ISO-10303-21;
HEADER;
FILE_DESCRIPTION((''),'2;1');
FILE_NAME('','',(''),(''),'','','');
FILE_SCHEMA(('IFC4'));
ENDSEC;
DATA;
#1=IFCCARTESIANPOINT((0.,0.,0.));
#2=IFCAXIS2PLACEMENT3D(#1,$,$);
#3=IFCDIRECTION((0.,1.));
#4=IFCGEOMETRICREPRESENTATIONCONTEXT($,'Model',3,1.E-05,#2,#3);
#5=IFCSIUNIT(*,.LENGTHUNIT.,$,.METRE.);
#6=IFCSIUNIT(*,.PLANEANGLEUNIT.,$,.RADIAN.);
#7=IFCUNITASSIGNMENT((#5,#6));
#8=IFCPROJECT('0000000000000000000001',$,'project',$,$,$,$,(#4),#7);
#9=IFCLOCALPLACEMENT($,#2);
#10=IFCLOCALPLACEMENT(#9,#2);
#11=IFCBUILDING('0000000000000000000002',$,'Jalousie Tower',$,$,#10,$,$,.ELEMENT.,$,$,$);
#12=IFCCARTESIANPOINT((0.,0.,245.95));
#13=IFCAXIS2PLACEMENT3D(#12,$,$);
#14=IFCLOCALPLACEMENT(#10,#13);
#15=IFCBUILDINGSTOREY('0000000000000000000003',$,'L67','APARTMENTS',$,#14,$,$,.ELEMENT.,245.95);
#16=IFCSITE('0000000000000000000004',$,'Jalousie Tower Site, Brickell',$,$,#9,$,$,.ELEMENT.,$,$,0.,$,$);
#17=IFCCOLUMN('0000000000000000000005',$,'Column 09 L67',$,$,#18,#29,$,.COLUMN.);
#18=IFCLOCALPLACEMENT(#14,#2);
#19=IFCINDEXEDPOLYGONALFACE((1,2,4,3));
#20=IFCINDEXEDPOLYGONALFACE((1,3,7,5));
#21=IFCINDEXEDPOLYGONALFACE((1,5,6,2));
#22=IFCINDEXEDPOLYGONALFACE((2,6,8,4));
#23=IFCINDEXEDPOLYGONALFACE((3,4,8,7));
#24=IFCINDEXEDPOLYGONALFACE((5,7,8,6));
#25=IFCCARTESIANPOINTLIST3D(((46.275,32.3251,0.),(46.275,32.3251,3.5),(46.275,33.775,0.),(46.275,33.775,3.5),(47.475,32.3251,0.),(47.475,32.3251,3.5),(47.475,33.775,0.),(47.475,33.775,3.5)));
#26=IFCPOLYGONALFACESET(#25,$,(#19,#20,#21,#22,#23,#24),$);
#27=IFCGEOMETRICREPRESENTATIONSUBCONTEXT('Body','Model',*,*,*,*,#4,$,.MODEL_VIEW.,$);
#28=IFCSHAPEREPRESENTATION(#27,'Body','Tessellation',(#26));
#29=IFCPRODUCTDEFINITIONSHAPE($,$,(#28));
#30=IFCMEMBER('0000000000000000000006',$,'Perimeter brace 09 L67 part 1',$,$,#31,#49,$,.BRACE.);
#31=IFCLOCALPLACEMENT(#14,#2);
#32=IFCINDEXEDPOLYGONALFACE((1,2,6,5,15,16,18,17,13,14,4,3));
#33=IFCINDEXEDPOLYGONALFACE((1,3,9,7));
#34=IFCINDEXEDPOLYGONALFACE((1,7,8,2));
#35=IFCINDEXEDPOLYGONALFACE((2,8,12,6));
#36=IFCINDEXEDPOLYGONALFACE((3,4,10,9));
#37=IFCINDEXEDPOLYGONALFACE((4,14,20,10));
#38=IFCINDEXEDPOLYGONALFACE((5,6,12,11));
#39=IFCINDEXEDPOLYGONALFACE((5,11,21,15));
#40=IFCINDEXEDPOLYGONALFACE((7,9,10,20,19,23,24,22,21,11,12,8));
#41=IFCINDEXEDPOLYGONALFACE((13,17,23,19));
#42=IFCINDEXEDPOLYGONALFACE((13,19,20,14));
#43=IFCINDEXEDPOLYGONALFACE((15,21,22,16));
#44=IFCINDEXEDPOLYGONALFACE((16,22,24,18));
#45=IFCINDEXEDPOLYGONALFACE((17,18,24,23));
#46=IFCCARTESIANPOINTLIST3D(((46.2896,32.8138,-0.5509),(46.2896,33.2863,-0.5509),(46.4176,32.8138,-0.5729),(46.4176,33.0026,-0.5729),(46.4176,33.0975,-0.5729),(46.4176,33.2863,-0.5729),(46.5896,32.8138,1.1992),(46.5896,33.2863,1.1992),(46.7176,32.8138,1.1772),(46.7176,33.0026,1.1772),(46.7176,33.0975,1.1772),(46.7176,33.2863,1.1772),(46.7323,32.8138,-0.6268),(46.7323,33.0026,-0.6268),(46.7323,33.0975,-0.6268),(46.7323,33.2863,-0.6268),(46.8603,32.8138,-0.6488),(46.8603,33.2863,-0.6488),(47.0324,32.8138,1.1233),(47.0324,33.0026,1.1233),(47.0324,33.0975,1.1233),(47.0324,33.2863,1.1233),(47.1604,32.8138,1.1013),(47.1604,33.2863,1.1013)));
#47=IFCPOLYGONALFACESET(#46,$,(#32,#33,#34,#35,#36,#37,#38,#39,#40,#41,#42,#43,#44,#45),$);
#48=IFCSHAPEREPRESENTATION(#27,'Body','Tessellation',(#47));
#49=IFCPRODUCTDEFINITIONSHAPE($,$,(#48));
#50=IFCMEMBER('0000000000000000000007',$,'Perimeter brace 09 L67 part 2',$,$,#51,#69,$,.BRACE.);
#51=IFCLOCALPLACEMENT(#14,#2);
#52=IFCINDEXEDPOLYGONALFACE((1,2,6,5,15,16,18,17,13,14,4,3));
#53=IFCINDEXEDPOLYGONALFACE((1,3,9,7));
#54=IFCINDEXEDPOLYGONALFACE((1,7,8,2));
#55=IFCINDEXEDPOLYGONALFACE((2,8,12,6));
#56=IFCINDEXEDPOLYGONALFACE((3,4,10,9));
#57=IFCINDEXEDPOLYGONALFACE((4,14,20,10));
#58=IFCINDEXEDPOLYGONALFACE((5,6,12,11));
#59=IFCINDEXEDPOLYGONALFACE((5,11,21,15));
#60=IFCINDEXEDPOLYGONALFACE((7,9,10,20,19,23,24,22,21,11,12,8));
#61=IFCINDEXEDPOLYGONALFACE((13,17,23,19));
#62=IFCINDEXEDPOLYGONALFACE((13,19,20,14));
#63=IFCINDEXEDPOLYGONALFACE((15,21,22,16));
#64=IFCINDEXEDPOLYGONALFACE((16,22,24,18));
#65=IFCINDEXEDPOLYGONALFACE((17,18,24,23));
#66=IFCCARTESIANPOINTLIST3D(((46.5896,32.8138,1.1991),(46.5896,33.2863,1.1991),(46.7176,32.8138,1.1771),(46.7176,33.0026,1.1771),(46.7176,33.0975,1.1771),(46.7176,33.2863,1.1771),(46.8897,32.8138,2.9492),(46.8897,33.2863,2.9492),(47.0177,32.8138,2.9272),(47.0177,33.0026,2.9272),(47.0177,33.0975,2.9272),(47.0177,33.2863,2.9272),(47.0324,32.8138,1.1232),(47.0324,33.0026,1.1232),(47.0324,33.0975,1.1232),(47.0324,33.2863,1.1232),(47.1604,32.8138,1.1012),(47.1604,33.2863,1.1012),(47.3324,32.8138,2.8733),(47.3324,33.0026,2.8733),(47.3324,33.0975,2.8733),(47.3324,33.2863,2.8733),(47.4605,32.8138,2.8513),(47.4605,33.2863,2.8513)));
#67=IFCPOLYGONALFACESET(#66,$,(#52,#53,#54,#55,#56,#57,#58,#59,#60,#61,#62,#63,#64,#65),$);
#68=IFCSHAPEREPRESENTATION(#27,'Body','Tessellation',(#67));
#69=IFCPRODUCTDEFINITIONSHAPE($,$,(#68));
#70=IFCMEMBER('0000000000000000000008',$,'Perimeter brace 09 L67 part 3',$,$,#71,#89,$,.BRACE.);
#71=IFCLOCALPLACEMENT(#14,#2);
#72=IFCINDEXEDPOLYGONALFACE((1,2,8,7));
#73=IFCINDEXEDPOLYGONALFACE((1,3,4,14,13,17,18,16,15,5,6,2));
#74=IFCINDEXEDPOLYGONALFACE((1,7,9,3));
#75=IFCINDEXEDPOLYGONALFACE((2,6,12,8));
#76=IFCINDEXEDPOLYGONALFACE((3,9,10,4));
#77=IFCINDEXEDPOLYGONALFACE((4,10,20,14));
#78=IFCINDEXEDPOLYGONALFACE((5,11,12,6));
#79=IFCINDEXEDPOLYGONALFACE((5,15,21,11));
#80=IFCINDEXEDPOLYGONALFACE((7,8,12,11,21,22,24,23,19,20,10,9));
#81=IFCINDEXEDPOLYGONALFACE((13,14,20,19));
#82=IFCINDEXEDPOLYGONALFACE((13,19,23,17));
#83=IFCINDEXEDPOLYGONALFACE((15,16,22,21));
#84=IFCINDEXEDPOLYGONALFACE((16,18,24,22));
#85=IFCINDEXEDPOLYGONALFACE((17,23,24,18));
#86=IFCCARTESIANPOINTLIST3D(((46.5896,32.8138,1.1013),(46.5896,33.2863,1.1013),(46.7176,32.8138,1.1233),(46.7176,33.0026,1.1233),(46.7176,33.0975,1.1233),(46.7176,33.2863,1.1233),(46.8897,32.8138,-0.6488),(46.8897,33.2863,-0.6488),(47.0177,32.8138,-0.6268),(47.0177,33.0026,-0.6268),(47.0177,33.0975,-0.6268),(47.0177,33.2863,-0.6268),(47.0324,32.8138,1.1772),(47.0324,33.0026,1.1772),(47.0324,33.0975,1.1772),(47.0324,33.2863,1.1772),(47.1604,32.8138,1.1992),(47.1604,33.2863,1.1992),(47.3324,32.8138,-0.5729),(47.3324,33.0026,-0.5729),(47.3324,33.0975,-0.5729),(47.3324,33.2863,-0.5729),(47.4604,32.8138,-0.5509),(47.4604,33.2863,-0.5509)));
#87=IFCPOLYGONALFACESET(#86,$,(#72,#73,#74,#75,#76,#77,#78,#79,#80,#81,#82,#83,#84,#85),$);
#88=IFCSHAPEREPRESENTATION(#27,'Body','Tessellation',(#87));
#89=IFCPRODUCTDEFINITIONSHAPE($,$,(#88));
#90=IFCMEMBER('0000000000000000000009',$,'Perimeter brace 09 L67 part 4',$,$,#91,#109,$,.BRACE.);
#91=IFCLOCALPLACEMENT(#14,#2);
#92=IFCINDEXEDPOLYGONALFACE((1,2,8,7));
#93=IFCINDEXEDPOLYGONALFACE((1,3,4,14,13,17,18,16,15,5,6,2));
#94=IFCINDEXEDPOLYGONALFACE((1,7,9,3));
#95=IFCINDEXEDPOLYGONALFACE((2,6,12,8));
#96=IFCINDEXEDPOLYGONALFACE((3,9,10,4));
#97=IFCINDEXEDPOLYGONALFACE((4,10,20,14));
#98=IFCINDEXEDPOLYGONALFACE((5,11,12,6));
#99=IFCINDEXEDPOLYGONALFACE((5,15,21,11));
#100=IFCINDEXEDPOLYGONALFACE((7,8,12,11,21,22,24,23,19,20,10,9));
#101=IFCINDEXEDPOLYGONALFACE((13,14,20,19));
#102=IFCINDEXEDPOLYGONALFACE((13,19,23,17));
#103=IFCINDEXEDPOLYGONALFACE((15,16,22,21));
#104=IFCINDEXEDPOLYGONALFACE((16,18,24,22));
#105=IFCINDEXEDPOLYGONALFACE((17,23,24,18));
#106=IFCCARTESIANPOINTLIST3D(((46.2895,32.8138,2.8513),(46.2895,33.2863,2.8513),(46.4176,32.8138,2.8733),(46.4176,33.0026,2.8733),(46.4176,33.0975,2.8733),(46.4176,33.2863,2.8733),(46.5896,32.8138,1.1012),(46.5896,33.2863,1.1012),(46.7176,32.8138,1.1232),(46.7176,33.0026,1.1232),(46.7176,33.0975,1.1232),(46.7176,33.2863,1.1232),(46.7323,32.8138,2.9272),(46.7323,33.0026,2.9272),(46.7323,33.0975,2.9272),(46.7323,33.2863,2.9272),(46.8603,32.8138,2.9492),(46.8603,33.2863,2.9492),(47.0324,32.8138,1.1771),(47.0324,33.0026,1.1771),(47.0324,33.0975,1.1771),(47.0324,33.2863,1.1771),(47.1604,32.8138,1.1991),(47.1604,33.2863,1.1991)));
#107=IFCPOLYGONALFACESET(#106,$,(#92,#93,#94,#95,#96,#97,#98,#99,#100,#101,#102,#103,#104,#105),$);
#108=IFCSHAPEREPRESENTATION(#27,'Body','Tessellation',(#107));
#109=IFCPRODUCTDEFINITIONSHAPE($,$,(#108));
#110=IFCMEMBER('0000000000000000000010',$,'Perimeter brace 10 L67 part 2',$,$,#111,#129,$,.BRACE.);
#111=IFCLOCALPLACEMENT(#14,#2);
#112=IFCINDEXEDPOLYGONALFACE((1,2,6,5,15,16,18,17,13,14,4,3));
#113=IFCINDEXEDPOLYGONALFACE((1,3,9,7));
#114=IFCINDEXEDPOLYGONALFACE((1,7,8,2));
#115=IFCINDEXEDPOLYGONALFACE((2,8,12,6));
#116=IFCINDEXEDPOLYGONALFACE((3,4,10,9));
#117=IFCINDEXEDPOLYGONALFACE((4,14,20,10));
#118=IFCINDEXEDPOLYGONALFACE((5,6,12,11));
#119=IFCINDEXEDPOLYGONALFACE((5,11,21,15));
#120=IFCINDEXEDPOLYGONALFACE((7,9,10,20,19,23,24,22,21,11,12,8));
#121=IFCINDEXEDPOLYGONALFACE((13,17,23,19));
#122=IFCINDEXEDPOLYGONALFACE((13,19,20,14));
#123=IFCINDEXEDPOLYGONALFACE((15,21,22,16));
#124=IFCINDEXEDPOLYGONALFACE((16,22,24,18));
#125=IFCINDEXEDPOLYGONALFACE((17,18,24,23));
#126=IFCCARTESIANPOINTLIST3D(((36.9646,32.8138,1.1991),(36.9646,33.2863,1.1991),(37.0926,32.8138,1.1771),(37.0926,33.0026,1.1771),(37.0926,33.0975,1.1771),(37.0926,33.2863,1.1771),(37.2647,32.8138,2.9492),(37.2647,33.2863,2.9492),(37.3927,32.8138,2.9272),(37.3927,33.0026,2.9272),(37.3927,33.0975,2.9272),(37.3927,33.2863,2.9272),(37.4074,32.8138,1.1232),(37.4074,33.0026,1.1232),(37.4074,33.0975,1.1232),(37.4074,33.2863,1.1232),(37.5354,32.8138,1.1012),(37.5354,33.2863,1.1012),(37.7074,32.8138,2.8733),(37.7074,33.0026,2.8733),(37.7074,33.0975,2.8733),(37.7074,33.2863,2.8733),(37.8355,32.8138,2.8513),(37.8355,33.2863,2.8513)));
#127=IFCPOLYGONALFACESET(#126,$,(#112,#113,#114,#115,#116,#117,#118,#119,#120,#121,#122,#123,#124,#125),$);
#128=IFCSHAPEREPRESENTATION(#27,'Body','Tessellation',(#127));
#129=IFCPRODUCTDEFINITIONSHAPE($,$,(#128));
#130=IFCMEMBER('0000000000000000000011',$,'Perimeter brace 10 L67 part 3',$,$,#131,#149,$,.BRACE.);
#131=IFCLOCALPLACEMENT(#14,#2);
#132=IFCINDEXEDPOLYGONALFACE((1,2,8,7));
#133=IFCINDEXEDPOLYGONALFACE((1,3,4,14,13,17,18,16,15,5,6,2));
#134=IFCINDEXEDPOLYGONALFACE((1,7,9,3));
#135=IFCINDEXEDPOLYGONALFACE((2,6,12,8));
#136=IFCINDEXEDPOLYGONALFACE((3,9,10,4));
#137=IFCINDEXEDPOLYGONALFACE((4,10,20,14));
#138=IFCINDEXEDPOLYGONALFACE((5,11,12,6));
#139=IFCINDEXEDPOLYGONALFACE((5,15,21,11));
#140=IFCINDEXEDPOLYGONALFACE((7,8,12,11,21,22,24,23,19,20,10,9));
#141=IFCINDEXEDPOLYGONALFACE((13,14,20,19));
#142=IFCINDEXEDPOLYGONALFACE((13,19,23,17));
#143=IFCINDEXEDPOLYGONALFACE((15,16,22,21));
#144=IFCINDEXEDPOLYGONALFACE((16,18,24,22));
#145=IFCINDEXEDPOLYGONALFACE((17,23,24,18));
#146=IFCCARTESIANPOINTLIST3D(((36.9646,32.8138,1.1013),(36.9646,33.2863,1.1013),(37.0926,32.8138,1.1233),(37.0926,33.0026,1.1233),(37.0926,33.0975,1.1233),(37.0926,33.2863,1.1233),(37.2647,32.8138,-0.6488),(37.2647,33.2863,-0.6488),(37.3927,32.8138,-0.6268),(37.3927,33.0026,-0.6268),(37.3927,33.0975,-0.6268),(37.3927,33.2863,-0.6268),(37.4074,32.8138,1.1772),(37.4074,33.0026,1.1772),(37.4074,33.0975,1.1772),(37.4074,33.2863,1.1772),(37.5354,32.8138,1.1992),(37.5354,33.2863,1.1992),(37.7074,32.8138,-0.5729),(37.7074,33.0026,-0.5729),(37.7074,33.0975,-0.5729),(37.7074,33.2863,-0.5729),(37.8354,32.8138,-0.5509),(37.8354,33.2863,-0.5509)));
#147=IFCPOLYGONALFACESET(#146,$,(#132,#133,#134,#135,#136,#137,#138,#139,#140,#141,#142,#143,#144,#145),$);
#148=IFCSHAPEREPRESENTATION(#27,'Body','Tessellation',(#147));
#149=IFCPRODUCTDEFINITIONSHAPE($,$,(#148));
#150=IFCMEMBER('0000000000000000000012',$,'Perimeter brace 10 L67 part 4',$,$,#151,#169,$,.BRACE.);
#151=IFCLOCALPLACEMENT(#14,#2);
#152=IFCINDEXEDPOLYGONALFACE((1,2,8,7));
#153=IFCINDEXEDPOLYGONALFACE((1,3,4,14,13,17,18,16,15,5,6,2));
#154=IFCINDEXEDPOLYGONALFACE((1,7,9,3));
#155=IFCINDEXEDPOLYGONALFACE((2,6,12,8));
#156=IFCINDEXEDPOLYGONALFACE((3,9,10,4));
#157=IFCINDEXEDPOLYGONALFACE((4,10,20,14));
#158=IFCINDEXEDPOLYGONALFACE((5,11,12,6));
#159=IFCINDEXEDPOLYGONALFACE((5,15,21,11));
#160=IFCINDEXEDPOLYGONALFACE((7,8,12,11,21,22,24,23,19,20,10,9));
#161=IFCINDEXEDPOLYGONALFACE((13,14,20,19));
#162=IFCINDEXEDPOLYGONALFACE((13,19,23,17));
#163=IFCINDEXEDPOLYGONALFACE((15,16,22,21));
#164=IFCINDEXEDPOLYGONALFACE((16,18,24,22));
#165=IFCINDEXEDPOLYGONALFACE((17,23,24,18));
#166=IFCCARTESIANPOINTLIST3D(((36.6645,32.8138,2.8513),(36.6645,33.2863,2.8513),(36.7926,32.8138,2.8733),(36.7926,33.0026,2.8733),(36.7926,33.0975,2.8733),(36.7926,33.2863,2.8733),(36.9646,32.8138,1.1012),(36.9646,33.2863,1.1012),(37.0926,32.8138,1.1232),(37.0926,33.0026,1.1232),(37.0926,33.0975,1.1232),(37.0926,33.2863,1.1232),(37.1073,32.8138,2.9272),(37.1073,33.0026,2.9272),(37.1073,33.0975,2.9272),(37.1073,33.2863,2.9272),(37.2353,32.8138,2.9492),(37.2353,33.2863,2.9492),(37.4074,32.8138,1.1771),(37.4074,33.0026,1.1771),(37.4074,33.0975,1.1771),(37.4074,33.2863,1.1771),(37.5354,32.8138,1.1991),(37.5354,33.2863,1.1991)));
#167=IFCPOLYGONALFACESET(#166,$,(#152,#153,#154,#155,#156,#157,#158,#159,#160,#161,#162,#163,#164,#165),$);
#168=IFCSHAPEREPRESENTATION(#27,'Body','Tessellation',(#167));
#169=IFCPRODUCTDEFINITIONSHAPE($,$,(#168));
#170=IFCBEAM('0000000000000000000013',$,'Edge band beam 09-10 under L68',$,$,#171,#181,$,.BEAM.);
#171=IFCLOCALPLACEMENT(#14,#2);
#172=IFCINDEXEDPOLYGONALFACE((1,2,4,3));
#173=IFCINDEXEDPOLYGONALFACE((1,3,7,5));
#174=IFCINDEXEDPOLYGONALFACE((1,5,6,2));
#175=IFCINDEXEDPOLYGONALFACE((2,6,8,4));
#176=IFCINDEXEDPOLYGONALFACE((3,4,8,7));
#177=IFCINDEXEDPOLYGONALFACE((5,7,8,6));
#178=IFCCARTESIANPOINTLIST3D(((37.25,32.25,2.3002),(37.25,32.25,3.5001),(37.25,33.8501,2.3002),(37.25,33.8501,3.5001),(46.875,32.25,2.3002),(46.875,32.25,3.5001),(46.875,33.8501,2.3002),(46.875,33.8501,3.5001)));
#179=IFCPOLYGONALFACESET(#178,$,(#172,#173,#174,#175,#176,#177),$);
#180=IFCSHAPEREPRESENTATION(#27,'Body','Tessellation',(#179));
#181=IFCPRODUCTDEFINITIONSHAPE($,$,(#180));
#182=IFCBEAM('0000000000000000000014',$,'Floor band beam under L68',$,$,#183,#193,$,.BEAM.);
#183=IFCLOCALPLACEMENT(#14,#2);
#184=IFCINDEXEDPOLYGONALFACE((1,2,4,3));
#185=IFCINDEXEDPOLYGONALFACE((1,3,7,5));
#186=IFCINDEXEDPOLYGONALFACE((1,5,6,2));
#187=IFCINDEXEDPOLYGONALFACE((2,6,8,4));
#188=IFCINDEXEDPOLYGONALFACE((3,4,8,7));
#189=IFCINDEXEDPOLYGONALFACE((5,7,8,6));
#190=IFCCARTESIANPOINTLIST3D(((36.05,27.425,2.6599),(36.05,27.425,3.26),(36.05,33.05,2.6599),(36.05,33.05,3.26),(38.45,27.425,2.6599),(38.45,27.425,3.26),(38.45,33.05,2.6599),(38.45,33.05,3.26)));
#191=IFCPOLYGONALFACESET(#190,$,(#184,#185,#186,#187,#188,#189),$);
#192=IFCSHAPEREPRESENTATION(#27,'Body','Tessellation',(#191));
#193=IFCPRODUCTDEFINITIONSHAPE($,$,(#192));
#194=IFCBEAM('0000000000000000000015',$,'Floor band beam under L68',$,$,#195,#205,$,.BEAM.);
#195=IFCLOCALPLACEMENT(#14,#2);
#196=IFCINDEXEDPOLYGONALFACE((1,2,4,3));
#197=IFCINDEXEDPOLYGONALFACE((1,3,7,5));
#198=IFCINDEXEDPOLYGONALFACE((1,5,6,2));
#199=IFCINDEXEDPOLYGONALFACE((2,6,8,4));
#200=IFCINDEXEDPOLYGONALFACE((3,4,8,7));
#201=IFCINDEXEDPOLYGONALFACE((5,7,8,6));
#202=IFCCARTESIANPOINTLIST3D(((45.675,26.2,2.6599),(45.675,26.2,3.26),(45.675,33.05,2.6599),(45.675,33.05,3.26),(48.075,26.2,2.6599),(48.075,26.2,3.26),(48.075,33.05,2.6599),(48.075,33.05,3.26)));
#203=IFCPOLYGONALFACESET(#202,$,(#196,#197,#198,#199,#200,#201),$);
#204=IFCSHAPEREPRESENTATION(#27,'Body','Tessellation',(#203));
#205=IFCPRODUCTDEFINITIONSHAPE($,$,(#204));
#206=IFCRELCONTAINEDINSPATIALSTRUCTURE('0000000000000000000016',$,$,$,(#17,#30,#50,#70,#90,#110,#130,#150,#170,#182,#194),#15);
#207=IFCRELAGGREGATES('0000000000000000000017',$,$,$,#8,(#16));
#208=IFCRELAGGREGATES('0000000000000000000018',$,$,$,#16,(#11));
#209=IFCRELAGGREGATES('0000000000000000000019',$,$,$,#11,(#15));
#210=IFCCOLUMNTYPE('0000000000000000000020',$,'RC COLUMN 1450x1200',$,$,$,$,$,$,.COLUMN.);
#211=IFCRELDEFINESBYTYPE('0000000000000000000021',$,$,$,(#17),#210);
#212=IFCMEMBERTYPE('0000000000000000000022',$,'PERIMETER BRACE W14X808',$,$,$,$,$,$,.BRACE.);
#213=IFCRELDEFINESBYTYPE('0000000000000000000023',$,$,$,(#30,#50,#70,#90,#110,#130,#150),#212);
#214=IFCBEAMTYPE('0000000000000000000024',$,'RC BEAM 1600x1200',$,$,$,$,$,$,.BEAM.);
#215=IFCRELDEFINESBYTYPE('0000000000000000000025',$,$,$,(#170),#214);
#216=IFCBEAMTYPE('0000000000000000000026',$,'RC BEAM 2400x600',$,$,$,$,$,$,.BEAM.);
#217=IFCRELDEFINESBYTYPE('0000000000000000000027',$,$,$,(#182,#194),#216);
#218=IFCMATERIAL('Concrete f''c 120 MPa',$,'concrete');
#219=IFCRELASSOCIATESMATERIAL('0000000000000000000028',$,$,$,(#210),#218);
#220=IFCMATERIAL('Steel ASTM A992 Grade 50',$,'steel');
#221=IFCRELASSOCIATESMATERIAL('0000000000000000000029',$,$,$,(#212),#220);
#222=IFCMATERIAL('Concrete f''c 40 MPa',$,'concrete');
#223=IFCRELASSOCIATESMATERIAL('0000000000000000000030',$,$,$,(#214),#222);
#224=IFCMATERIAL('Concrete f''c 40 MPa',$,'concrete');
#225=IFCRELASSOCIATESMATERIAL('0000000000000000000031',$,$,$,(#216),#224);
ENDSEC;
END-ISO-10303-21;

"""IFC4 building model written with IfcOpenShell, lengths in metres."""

from ifc_helpers import new_model, si_unit, direction, frame, origin, origin_2d, place, context, subcontext, project, spatial, rectangle, i_section, extrude, material, material_profile, profile_set, type_object, element, save


model = new_model("IFC4")

# Units and contexts
model_context = context("Model", 3, precision=1e-05, world=origin(), true_north=direction((0.0, 1.0)))
body_context = subcontext(model_context, "Body", "Model", "MODEL_VIEW")
ifc_project = project(units=[si_unit("LENGTHUNIT", "METRE"), si_unit("PLANEANGLEUNIT", "RADIAN")], contexts=[model_context])

# Site, building, storey
site_placement = place(None, origin())
site = spatial("IfcSite", under=ifc_project, at=site_placement, Name="Jalousie Tower Site, Brickell", CompositionType="ELEMENT", RefElevation=0.0)
building_placement = place(site_placement, origin())
building = spatial("IfcBuilding", under=site, at=building_placement, Name="Jalousie Tower", CompositionType="ELEMENT")
storey_placement = place(building_placement, frame((0.0, 0.0, 245.95)))
storey = spatial("IfcBuildingStorey", under=building, at=storey_placement, Name="L67", Description="APARTMENTS", CompositionType="ELEMENT", Elevation=245.95)

# Column
ifc_material_1 = material(Name="Concrete f'c 120 MPa", Category="concrete")
ifc_material_profile_1 = material_profile(ifc_material_1, rectangle(XDim=1.45, YDim=1.2, at=origin_2d()), Name="RC 1450x1200")
ifc_profile_set_1 = profile_set([ifc_material_profile_1], Name="Concrete f'c 120 MPa")
column_type = type_object("IfcColumnType", Name="RC COLUMN 1450x1200", PredefinedType="COLUMN", material=ifc_profile_set_1)
column_placement = place(storey_placement, frame((46.875, 33.05, 0.0), z_axis=(0.0, 0.0, 1.0), x_axis=(0.0, 1.0, 0.0)))
element("IfcColumn", 1, at=column_placement, inside=storey, type_object=column_type, Name="Column 09 L67", PredefinedType="COLUMN", context=body_context, shape_type="SweptSolid", body=[
    extrude(rectangle(XDim=1.45, YDim=1.2, at=origin_2d()), origin(), (0.0, 0.0, 1.0), 3.5),
])

# Members
ifc_material_2 = material(Name="Steel ASTM A992 Grade 50", Category="steel")
ifc_material_profile_2 = material_profile(ifc_material_2, i_section(OverallWidth=0.4724, OverallDepth=0.5791, WebThickness=0.095, FlangeThickness=0.1299, at=origin_2d()), Name="W14X808")
ifc_profile_set_2 = profile_set([ifc_material_profile_2], Name="Steel ASTM A992 Grade 50")
member_type_1 = type_object("IfcMemberType", Name="PERIMETER BRACE W14X808", PredefinedType="BRACE", material=ifc_profile_set_2)
for number, where, z_axis, x_axis, name in (
    (2, (46.575, 33.05, -0.5999), (0.168991, 0.0, 0.985618), (0.0, 1.0, 0.0), "Perimeter brace 09 L67 part 1"),
    (3, (46.875, 33.05, 1.1501), (0.168991, 0.0, 0.985618), (0.0, 1.0, 0.0), "Perimeter brace 09 L67 part 2"),
    (4, (47.175, 33.05, -0.5999), (-0.168991, 0.0, 0.985618), (0.0, -1.0, 0.0), "Perimeter brace 09 L67 part 3"),
    (5, (46.875, 33.05, 1.1501), (-0.168991, 0.0, 0.985618), (0.0, -1.0, 0.0), "Perimeter brace 09 L67 part 4"),
    (6, (37.25, 33.05, 1.1501), (0.168991, 0.0, 0.985618), (0.0, 1.0, 0.0), "Perimeter brace 10 L67 part 2"),
    (7, (37.55, 33.05, -0.5999), (-0.168991, 0.0, 0.985618), (0.0, -1.0, 0.0), "Perimeter brace 10 L67 part 3"),
    (8, (37.25, 33.05, 1.1501), (-0.168991, 0.0, 0.985618), (0.0, -1.0, 0.0), "Perimeter brace 10 L67 part 4"),
):
    element("IfcMember", number, at=place(storey_placement, frame(where, z_axis=z_axis, x_axis=x_axis)), inside=storey, type_object=member_type_1, Name=name, PredefinedType="BRACE", context=body_context, shape_type="SweptSolid", body=[
        extrude(i_section(OverallWidth=0.4724, OverallDepth=0.5791, WebThickness=0.095, FlangeThickness=0.1299, at=origin_2d()), origin(), (0.0, 0.0, 1.0), 1.7756),
    ])

# Beams
ifc_material_3 = material(Name="Concrete f'c 40 MPa", Category="concrete")
ifc_material_profile_3 = material_profile(ifc_material_3, rectangle(XDim=1.6001, YDim=1.2, at=origin_2d()), Name="RC 1600x1200")
ifc_profile_set_3 = profile_set([ifc_material_profile_3], Name="Concrete f'c 40 MPa")
beam_type_1 = type_object("IfcBeamType", Name="RC BEAM 1600x1200", PredefinedType="BEAM", material=ifc_profile_set_3)
beam_1_placement = place(storey_placement, frame((46.875, 33.05, 2.9001), z_axis=(-1.0, 0.0, 0.0), x_axis=(0.0, -1.0, 0.0)))
element("IfcBeam", 9, at=beam_1_placement, inside=storey, type_object=beam_type_1, Name="Edge band beam 09-10 under L68", PredefinedType="BEAM", context=body_context, shape_type="SweptSolid", body=[
    extrude(rectangle(XDim=1.6001, YDim=1.2, at=origin_2d()), origin(), (0.0, 0.0, 1.0), 9.625),
])
ifc_material_4 = material(Name="Concrete f'c 40 MPa", Category="concrete")
ifc_material_profile_4 = material_profile(ifc_material_4, rectangle(XDim=2.3999, YDim=0.6001, at=origin_2d()), Name="RC 2400x600")
ifc_profile_set_4 = profile_set([ifc_material_profile_4], Name="Concrete f'c 40 MPa")
beam_type_2 = type_object("IfcBeamType", Name="RC BEAM 2400x600", PredefinedType="BEAM", material=ifc_profile_set_4)
beam_2_placement = place(storey_placement, frame((37.25, 33.05, 2.96), z_axis=(0.0, -1.0, 0.0), x_axis=(1.0, 0.0, 0.0)))
element("IfcBeam", 10, at=beam_2_placement, inside=storey, type_object=beam_type_2, Name="Floor band beam under L68", PredefinedType="BEAM", context=body_context, shape_type="SweptSolid", body=[
    extrude(rectangle(XDim=2.3999, YDim=0.6001, at=origin_2d()), origin(), (0.0, 0.0, 1.0), 5.625),
])
beam_3_placement = place(storey_placement, frame((46.875, 33.05, 2.96), z_axis=(0.0, -1.0, 0.0), x_axis=(1.0, 0.0, 0.0)))
element("IfcBeam", 11, at=beam_3_placement, inside=storey, type_object=beam_type_2, Name="Floor band beam under L68", PredefinedType="BEAM", context=body_context, shape_type="SweptSolid", body=[
    extrude(rectangle(XDim=2.3999, YDim=0.6001, at=origin_2d()), origin(), (0.0, 0.0, 1.0), 6.8501),
])

save(model, "model.ifc")
